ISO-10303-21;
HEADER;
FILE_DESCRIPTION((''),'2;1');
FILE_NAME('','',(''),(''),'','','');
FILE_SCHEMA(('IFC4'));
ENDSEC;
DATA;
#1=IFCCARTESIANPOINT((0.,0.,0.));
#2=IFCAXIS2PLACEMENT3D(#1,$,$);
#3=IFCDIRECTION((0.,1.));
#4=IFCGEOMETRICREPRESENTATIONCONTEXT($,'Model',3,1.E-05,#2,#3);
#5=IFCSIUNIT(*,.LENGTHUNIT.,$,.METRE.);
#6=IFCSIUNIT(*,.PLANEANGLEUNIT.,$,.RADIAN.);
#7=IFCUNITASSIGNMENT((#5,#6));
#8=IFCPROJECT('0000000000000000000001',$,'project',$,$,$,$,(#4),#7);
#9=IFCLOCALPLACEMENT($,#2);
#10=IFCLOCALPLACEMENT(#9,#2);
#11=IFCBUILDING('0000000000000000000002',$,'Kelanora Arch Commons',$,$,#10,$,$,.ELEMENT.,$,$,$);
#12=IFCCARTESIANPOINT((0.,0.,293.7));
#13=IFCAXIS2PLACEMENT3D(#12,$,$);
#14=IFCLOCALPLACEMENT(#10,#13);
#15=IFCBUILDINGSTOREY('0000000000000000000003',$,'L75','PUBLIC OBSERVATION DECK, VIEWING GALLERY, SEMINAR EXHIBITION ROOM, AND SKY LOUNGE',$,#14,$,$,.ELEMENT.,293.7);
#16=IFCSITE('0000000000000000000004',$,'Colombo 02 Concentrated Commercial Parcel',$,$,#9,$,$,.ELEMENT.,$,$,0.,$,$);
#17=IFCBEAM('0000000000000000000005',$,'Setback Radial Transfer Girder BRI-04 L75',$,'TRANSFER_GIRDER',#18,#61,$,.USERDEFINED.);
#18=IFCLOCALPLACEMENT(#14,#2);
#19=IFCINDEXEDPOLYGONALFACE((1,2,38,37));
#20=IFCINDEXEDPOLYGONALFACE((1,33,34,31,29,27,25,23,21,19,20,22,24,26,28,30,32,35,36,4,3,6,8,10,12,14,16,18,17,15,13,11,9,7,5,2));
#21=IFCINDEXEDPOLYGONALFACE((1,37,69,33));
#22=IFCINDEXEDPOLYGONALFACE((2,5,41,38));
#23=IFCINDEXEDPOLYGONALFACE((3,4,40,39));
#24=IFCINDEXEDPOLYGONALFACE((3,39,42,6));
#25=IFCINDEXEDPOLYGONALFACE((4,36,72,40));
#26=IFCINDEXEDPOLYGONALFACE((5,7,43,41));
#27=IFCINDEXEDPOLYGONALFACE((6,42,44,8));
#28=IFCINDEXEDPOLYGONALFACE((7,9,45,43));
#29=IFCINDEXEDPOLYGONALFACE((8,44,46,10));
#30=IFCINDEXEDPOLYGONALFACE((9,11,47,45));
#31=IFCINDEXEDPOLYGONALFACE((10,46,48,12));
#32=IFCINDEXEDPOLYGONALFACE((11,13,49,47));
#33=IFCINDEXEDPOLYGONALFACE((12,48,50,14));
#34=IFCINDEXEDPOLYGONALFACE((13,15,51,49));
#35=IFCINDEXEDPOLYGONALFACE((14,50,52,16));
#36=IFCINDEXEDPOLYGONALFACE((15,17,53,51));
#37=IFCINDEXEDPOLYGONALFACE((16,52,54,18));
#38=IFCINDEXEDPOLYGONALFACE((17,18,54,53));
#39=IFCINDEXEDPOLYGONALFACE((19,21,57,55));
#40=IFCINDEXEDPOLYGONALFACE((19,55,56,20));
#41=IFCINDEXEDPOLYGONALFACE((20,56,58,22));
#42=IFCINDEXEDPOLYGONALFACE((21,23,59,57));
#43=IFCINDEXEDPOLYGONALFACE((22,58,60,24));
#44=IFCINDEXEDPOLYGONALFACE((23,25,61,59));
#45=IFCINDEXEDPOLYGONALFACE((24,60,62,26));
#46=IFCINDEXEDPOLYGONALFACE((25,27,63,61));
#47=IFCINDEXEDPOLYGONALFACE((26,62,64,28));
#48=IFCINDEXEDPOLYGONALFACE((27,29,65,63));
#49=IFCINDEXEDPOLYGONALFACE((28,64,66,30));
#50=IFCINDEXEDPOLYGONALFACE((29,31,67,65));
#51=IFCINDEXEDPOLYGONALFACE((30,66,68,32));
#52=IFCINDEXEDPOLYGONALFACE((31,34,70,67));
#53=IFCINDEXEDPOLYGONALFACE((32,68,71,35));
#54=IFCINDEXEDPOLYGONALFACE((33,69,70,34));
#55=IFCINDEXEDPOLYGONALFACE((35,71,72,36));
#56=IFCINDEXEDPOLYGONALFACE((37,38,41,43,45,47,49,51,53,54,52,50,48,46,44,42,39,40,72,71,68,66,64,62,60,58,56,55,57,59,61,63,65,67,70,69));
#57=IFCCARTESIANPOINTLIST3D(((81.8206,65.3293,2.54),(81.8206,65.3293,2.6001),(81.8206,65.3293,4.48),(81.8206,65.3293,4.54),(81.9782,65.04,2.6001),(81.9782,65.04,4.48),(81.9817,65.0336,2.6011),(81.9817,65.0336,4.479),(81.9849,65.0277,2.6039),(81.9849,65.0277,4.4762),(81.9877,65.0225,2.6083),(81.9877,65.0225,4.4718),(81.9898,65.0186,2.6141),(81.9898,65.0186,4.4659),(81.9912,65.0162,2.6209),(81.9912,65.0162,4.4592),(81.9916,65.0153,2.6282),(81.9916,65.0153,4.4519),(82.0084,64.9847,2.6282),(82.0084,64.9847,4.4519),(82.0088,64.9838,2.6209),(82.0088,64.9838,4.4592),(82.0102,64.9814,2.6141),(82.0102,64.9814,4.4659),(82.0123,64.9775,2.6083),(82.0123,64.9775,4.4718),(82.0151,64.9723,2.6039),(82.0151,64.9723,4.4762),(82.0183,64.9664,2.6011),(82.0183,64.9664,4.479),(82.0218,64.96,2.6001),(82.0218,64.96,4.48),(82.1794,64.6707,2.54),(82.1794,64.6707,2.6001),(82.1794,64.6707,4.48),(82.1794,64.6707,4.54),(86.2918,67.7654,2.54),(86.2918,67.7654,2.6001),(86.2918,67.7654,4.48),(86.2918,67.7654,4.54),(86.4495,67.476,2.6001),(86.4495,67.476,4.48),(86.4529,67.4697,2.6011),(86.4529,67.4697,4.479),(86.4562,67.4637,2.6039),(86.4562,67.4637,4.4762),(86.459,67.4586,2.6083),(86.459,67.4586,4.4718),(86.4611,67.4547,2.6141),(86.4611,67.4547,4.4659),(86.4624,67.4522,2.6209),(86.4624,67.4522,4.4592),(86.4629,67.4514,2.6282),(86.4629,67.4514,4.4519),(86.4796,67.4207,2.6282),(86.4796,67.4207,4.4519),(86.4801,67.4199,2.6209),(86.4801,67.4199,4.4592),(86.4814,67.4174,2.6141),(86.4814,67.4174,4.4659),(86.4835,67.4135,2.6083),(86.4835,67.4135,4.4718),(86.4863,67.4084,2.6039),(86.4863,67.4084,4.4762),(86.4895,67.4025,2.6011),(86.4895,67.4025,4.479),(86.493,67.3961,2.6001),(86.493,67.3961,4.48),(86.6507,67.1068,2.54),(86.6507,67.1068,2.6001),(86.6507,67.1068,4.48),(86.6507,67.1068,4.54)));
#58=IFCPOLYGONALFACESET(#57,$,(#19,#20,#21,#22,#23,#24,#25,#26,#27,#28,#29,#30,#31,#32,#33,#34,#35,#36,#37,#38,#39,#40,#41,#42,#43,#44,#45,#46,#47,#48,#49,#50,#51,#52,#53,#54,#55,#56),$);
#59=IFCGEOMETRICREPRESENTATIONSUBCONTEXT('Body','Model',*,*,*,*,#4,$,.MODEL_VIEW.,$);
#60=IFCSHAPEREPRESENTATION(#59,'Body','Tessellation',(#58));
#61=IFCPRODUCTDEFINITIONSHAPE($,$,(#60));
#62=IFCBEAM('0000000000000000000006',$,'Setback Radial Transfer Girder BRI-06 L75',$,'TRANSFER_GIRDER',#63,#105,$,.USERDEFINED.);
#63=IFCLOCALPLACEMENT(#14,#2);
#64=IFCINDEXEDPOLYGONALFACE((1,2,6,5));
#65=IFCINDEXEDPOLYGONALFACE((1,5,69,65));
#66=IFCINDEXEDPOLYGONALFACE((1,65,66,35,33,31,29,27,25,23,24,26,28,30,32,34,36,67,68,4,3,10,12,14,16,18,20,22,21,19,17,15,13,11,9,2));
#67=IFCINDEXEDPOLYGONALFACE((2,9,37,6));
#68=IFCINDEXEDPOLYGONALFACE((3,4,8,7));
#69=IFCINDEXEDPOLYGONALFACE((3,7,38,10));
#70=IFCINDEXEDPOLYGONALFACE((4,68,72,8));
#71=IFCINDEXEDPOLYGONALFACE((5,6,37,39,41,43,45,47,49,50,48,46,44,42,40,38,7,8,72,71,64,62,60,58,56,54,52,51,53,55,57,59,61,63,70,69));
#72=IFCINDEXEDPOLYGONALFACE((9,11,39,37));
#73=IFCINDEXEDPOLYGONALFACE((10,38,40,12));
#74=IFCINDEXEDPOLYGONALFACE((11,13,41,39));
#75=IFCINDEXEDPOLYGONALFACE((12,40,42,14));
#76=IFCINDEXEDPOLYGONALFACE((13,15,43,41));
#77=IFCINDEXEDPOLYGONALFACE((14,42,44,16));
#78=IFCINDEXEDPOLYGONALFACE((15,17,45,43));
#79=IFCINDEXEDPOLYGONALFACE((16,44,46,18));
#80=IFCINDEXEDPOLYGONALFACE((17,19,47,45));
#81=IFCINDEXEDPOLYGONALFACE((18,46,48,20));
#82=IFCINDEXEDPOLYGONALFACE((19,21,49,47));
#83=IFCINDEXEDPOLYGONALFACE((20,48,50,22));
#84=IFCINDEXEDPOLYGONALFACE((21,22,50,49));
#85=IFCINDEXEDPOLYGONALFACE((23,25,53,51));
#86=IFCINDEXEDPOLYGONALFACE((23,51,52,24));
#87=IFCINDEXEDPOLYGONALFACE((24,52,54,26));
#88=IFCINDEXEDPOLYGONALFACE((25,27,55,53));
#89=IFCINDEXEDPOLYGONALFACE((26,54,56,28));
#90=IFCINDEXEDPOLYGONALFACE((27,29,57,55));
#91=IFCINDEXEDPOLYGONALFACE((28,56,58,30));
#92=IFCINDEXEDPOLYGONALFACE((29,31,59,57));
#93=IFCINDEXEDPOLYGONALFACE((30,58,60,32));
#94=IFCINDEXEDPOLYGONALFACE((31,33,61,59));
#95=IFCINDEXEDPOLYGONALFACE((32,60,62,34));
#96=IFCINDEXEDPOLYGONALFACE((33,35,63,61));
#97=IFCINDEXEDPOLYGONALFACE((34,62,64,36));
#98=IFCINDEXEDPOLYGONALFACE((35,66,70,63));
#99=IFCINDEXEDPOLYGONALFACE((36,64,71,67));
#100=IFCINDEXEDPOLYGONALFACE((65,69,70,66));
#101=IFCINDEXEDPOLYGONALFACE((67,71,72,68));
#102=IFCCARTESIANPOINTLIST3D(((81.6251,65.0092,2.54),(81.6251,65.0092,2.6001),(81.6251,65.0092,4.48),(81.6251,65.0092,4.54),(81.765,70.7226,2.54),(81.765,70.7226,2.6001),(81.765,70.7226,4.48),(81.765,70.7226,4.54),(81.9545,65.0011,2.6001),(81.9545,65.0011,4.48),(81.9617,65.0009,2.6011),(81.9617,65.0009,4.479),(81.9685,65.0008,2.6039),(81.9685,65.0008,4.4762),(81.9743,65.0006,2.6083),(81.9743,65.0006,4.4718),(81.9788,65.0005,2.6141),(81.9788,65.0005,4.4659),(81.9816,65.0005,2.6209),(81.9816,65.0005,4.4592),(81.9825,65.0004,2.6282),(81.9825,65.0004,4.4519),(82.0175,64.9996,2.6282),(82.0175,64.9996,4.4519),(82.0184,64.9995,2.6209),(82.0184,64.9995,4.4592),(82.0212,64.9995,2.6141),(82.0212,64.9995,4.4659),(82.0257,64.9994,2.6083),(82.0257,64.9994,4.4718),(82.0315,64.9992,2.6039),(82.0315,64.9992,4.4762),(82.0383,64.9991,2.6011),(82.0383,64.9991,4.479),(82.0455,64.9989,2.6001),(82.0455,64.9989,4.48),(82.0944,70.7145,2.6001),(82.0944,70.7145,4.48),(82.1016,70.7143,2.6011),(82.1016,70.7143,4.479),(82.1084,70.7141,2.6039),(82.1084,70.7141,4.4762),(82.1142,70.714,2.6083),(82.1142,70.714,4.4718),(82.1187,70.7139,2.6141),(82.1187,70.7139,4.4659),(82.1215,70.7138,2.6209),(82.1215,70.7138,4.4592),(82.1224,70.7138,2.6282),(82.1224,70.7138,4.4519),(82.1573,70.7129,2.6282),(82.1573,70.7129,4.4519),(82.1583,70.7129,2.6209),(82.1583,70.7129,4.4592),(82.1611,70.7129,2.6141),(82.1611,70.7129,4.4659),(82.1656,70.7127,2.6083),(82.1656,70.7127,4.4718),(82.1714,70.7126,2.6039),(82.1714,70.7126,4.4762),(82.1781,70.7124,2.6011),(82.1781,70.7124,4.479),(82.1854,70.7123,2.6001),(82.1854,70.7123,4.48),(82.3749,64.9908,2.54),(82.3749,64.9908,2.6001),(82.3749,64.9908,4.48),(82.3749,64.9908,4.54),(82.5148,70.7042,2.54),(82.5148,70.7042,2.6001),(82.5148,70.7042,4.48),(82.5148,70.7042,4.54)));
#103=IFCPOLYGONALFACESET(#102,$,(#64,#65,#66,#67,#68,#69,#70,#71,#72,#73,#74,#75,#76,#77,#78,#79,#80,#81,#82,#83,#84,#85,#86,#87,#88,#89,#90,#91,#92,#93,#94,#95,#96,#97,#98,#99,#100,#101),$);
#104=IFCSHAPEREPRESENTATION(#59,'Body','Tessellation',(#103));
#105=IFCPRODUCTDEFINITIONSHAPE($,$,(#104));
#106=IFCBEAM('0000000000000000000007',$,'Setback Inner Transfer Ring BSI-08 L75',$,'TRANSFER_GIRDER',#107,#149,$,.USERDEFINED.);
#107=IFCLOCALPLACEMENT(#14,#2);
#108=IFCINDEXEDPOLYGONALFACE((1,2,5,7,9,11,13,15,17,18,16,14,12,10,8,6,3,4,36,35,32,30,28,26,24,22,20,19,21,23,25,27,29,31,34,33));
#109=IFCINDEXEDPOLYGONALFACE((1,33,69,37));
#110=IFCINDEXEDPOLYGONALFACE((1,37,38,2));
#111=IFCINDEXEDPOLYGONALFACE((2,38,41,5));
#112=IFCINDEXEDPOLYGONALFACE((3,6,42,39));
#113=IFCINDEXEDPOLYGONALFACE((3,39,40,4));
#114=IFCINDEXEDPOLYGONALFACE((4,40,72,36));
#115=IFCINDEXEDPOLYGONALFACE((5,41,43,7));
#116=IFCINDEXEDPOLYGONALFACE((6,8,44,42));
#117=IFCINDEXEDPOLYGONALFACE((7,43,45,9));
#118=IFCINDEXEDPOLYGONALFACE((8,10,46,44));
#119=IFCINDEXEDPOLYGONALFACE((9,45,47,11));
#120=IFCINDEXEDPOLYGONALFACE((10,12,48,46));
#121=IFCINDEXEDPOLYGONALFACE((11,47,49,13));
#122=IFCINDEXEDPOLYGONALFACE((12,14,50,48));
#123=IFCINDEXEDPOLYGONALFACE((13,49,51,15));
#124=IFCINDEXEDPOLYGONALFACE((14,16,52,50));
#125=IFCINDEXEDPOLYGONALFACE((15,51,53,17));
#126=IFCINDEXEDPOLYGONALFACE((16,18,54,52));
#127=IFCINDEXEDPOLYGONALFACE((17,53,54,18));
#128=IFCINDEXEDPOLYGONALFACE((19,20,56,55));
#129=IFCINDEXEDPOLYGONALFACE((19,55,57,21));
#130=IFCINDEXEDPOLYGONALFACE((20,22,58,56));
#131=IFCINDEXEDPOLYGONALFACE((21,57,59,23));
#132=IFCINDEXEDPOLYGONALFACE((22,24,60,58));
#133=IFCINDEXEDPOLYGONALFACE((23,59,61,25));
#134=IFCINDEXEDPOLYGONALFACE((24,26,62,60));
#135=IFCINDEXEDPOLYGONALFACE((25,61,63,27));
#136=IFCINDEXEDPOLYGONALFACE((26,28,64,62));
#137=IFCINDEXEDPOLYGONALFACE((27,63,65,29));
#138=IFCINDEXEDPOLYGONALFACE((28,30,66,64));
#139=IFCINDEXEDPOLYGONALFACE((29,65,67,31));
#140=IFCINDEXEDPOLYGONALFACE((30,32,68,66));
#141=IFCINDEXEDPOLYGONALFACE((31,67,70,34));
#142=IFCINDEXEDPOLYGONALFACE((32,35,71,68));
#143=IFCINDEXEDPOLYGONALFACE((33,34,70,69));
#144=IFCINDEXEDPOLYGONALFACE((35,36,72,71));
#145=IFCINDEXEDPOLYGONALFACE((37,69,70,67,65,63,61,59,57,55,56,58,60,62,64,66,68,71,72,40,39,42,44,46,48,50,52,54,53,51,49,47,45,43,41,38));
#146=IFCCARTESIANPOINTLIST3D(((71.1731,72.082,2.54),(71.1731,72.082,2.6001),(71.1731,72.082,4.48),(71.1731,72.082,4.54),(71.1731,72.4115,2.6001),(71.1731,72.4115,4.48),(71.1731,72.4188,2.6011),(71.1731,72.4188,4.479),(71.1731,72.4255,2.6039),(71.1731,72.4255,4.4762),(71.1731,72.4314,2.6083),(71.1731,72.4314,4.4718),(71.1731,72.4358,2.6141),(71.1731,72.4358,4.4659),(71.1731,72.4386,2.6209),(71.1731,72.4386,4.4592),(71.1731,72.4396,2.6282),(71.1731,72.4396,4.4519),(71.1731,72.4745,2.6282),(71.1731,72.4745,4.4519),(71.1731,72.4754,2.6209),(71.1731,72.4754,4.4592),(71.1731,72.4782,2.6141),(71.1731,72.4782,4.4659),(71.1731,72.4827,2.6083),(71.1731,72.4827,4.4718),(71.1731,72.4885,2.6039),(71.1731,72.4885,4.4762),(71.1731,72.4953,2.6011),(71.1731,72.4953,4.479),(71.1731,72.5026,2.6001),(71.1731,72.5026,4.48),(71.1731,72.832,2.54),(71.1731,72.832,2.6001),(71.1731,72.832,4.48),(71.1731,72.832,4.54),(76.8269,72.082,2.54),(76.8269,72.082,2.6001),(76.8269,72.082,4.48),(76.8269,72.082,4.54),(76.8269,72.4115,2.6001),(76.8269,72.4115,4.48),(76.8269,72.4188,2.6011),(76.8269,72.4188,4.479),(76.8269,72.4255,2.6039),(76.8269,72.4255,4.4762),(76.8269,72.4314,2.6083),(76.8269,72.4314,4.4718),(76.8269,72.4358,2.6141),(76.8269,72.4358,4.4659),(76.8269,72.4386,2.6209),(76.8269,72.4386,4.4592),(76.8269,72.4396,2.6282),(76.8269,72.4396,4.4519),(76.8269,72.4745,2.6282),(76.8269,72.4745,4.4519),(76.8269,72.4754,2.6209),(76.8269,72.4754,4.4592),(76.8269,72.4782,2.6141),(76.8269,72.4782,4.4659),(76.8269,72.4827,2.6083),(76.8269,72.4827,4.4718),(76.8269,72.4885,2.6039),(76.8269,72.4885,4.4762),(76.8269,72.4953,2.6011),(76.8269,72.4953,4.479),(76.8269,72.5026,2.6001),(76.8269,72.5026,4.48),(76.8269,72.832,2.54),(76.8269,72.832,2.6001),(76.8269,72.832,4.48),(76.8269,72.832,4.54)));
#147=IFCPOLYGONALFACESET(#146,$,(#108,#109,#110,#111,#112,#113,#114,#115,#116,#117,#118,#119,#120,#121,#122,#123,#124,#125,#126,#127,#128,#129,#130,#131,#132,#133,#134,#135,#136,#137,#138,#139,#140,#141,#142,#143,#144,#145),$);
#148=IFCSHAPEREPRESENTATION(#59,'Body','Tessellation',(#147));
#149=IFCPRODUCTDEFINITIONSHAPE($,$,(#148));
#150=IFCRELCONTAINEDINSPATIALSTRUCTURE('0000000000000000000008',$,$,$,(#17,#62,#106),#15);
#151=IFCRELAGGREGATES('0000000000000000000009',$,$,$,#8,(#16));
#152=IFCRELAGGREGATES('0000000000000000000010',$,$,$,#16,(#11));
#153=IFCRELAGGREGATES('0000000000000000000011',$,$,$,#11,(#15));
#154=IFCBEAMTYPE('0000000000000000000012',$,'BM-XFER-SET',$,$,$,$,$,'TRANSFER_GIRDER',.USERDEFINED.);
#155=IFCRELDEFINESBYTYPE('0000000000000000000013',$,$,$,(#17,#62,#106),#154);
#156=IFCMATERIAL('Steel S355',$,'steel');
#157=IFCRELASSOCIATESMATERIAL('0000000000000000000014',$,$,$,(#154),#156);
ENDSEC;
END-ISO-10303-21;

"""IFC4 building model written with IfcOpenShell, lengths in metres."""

from ifc_helpers import new_model, si_unit, direction, frame, origin, origin_2d, place, context, subcontext, project, spatial, i_section, extrude, material, material_profile, profile_set, type_object, element, save


model = new_model("IFC4")

# Units and contexts
model_context = context("Model", 3, precision=1e-05, world=origin(), true_north=direction((0.0, 1.0)))
body_context = subcontext(model_context, "Body", "Model", "MODEL_VIEW")
ifc_project = project(units=[si_unit("LENGTHUNIT", "METRE"), si_unit("PLANEANGLEUNIT", "RADIAN")], contexts=[model_context])

# Site, building, storey
site_placement = place(None, origin())
site = spatial("IfcSite", under=ifc_project, at=site_placement, Name="Colombo 02 Concentrated Commercial Parcel", CompositionType="ELEMENT", RefElevation=0.0)
building_placement = place(site_placement, origin())
building = spatial("IfcBuilding", under=site, at=building_placement, Name="Kelanora Arch Commons", CompositionType="ELEMENT")
storey_placement = place(building_placement, frame((0.0, 0.0, 293.7)))
storey = spatial("IfcBuildingStorey", under=building, at=storey_placement, Name="L75", Description="PUBLIC OBSERVATION DECK, VIEWING GALLERY, SEMINAR EXHIBITION ROOM, AND SKY LOUNGE", CompositionType="ELEMENT", Elevation=293.7)

# Beams
ifc_material_1 = material(Name="Steel S355", Category="steel")
ifc_material_profile_1 = material_profile(ifc_material_1, i_section(OverallWidth=0.75, OverallDepth=2.0, WebThickness=0.0349, FlangeThickness=0.0601, FilletRadius=0.0281, at=origin_2d()), Name="PG2000x750")
ifc_profile_set_1 = profile_set([ifc_material_profile_1], Name="Steel S355")
beam_type_1 = type_object("IfcBeamType", Name="BM-XFER-SET", ElementType="TRANSFER_GIRDER", PredefinedType="USERDEFINED", material=ifc_profile_set_1)
beam_1_placement = place(storey_placement, frame((82.0, 65.0, 3.54), z_axis=(0.878126, 0.478429, 0.0), x_axis=(-0.478429, 0.878126, 0.0)))
element("IfcBeam", 1, at=beam_1_placement, inside=storey, type_object=beam_type_1, Name="Setback Radial Transfer Girder BRI-04 L75", ObjectType="TRANSFER_GIRDER", PredefinedType="USERDEFINED", context=body_context, shape_type="SweptSolid", body=[
    extrude(i_section(OverallWidth=0.75, OverallDepth=2.0, WebThickness=0.0349, FlangeThickness=0.0601, FilletRadius=0.0281, at=origin_2d()), origin(), (0.0, 0.0, 1.0), 5.0918),
])
beam_2_placement = place(storey_placement, frame((82.0, 65.0, 3.54), z_axis=(0.024478, 0.9997, 0.0), x_axis=(-0.9997, 0.024478, 0.0)))
element("IfcBeam", 2, at=beam_2_placement, inside=storey, type_object=beam_type_1, Name="Setback Radial Transfer Girder BRI-06 L75", ObjectType="TRANSFER_GIRDER", PredefinedType="USERDEFINED", context=body_context, shape_type="SweptSolid", body=[
    extrude(i_section(OverallWidth=0.75, OverallDepth=2.0, WebThickness=0.0349, FlangeThickness=0.0601, FilletRadius=0.0281, at=origin_2d()), origin(), (0.0, 0.0, 1.0), 5.7151),
])
beam_3_placement = place(storey_placement, frame((76.8269, 72.457, 3.54), z_axis=(-1.0, 0.0, 0.0), x_axis=(0.0, -1.0, 0.0)))
element("IfcBeam", 3, at=beam_3_placement, inside=storey, type_object=beam_type_1, Name="Setback Inner Transfer Ring BSI-08 L75", ObjectType="TRANSFER_GIRDER", PredefinedType="USERDEFINED", context=body_context, shape_type="SweptSolid", body=[
    extrude(i_section(OverallWidth=0.75, OverallDepth=2.0, WebThickness=0.0349, FlangeThickness=0.0601, FilletRadius=0.0281, at=origin_2d()), origin(), (0.0, 0.0, 1.0), 5.6538),
])

save(model, "model.ifc")
